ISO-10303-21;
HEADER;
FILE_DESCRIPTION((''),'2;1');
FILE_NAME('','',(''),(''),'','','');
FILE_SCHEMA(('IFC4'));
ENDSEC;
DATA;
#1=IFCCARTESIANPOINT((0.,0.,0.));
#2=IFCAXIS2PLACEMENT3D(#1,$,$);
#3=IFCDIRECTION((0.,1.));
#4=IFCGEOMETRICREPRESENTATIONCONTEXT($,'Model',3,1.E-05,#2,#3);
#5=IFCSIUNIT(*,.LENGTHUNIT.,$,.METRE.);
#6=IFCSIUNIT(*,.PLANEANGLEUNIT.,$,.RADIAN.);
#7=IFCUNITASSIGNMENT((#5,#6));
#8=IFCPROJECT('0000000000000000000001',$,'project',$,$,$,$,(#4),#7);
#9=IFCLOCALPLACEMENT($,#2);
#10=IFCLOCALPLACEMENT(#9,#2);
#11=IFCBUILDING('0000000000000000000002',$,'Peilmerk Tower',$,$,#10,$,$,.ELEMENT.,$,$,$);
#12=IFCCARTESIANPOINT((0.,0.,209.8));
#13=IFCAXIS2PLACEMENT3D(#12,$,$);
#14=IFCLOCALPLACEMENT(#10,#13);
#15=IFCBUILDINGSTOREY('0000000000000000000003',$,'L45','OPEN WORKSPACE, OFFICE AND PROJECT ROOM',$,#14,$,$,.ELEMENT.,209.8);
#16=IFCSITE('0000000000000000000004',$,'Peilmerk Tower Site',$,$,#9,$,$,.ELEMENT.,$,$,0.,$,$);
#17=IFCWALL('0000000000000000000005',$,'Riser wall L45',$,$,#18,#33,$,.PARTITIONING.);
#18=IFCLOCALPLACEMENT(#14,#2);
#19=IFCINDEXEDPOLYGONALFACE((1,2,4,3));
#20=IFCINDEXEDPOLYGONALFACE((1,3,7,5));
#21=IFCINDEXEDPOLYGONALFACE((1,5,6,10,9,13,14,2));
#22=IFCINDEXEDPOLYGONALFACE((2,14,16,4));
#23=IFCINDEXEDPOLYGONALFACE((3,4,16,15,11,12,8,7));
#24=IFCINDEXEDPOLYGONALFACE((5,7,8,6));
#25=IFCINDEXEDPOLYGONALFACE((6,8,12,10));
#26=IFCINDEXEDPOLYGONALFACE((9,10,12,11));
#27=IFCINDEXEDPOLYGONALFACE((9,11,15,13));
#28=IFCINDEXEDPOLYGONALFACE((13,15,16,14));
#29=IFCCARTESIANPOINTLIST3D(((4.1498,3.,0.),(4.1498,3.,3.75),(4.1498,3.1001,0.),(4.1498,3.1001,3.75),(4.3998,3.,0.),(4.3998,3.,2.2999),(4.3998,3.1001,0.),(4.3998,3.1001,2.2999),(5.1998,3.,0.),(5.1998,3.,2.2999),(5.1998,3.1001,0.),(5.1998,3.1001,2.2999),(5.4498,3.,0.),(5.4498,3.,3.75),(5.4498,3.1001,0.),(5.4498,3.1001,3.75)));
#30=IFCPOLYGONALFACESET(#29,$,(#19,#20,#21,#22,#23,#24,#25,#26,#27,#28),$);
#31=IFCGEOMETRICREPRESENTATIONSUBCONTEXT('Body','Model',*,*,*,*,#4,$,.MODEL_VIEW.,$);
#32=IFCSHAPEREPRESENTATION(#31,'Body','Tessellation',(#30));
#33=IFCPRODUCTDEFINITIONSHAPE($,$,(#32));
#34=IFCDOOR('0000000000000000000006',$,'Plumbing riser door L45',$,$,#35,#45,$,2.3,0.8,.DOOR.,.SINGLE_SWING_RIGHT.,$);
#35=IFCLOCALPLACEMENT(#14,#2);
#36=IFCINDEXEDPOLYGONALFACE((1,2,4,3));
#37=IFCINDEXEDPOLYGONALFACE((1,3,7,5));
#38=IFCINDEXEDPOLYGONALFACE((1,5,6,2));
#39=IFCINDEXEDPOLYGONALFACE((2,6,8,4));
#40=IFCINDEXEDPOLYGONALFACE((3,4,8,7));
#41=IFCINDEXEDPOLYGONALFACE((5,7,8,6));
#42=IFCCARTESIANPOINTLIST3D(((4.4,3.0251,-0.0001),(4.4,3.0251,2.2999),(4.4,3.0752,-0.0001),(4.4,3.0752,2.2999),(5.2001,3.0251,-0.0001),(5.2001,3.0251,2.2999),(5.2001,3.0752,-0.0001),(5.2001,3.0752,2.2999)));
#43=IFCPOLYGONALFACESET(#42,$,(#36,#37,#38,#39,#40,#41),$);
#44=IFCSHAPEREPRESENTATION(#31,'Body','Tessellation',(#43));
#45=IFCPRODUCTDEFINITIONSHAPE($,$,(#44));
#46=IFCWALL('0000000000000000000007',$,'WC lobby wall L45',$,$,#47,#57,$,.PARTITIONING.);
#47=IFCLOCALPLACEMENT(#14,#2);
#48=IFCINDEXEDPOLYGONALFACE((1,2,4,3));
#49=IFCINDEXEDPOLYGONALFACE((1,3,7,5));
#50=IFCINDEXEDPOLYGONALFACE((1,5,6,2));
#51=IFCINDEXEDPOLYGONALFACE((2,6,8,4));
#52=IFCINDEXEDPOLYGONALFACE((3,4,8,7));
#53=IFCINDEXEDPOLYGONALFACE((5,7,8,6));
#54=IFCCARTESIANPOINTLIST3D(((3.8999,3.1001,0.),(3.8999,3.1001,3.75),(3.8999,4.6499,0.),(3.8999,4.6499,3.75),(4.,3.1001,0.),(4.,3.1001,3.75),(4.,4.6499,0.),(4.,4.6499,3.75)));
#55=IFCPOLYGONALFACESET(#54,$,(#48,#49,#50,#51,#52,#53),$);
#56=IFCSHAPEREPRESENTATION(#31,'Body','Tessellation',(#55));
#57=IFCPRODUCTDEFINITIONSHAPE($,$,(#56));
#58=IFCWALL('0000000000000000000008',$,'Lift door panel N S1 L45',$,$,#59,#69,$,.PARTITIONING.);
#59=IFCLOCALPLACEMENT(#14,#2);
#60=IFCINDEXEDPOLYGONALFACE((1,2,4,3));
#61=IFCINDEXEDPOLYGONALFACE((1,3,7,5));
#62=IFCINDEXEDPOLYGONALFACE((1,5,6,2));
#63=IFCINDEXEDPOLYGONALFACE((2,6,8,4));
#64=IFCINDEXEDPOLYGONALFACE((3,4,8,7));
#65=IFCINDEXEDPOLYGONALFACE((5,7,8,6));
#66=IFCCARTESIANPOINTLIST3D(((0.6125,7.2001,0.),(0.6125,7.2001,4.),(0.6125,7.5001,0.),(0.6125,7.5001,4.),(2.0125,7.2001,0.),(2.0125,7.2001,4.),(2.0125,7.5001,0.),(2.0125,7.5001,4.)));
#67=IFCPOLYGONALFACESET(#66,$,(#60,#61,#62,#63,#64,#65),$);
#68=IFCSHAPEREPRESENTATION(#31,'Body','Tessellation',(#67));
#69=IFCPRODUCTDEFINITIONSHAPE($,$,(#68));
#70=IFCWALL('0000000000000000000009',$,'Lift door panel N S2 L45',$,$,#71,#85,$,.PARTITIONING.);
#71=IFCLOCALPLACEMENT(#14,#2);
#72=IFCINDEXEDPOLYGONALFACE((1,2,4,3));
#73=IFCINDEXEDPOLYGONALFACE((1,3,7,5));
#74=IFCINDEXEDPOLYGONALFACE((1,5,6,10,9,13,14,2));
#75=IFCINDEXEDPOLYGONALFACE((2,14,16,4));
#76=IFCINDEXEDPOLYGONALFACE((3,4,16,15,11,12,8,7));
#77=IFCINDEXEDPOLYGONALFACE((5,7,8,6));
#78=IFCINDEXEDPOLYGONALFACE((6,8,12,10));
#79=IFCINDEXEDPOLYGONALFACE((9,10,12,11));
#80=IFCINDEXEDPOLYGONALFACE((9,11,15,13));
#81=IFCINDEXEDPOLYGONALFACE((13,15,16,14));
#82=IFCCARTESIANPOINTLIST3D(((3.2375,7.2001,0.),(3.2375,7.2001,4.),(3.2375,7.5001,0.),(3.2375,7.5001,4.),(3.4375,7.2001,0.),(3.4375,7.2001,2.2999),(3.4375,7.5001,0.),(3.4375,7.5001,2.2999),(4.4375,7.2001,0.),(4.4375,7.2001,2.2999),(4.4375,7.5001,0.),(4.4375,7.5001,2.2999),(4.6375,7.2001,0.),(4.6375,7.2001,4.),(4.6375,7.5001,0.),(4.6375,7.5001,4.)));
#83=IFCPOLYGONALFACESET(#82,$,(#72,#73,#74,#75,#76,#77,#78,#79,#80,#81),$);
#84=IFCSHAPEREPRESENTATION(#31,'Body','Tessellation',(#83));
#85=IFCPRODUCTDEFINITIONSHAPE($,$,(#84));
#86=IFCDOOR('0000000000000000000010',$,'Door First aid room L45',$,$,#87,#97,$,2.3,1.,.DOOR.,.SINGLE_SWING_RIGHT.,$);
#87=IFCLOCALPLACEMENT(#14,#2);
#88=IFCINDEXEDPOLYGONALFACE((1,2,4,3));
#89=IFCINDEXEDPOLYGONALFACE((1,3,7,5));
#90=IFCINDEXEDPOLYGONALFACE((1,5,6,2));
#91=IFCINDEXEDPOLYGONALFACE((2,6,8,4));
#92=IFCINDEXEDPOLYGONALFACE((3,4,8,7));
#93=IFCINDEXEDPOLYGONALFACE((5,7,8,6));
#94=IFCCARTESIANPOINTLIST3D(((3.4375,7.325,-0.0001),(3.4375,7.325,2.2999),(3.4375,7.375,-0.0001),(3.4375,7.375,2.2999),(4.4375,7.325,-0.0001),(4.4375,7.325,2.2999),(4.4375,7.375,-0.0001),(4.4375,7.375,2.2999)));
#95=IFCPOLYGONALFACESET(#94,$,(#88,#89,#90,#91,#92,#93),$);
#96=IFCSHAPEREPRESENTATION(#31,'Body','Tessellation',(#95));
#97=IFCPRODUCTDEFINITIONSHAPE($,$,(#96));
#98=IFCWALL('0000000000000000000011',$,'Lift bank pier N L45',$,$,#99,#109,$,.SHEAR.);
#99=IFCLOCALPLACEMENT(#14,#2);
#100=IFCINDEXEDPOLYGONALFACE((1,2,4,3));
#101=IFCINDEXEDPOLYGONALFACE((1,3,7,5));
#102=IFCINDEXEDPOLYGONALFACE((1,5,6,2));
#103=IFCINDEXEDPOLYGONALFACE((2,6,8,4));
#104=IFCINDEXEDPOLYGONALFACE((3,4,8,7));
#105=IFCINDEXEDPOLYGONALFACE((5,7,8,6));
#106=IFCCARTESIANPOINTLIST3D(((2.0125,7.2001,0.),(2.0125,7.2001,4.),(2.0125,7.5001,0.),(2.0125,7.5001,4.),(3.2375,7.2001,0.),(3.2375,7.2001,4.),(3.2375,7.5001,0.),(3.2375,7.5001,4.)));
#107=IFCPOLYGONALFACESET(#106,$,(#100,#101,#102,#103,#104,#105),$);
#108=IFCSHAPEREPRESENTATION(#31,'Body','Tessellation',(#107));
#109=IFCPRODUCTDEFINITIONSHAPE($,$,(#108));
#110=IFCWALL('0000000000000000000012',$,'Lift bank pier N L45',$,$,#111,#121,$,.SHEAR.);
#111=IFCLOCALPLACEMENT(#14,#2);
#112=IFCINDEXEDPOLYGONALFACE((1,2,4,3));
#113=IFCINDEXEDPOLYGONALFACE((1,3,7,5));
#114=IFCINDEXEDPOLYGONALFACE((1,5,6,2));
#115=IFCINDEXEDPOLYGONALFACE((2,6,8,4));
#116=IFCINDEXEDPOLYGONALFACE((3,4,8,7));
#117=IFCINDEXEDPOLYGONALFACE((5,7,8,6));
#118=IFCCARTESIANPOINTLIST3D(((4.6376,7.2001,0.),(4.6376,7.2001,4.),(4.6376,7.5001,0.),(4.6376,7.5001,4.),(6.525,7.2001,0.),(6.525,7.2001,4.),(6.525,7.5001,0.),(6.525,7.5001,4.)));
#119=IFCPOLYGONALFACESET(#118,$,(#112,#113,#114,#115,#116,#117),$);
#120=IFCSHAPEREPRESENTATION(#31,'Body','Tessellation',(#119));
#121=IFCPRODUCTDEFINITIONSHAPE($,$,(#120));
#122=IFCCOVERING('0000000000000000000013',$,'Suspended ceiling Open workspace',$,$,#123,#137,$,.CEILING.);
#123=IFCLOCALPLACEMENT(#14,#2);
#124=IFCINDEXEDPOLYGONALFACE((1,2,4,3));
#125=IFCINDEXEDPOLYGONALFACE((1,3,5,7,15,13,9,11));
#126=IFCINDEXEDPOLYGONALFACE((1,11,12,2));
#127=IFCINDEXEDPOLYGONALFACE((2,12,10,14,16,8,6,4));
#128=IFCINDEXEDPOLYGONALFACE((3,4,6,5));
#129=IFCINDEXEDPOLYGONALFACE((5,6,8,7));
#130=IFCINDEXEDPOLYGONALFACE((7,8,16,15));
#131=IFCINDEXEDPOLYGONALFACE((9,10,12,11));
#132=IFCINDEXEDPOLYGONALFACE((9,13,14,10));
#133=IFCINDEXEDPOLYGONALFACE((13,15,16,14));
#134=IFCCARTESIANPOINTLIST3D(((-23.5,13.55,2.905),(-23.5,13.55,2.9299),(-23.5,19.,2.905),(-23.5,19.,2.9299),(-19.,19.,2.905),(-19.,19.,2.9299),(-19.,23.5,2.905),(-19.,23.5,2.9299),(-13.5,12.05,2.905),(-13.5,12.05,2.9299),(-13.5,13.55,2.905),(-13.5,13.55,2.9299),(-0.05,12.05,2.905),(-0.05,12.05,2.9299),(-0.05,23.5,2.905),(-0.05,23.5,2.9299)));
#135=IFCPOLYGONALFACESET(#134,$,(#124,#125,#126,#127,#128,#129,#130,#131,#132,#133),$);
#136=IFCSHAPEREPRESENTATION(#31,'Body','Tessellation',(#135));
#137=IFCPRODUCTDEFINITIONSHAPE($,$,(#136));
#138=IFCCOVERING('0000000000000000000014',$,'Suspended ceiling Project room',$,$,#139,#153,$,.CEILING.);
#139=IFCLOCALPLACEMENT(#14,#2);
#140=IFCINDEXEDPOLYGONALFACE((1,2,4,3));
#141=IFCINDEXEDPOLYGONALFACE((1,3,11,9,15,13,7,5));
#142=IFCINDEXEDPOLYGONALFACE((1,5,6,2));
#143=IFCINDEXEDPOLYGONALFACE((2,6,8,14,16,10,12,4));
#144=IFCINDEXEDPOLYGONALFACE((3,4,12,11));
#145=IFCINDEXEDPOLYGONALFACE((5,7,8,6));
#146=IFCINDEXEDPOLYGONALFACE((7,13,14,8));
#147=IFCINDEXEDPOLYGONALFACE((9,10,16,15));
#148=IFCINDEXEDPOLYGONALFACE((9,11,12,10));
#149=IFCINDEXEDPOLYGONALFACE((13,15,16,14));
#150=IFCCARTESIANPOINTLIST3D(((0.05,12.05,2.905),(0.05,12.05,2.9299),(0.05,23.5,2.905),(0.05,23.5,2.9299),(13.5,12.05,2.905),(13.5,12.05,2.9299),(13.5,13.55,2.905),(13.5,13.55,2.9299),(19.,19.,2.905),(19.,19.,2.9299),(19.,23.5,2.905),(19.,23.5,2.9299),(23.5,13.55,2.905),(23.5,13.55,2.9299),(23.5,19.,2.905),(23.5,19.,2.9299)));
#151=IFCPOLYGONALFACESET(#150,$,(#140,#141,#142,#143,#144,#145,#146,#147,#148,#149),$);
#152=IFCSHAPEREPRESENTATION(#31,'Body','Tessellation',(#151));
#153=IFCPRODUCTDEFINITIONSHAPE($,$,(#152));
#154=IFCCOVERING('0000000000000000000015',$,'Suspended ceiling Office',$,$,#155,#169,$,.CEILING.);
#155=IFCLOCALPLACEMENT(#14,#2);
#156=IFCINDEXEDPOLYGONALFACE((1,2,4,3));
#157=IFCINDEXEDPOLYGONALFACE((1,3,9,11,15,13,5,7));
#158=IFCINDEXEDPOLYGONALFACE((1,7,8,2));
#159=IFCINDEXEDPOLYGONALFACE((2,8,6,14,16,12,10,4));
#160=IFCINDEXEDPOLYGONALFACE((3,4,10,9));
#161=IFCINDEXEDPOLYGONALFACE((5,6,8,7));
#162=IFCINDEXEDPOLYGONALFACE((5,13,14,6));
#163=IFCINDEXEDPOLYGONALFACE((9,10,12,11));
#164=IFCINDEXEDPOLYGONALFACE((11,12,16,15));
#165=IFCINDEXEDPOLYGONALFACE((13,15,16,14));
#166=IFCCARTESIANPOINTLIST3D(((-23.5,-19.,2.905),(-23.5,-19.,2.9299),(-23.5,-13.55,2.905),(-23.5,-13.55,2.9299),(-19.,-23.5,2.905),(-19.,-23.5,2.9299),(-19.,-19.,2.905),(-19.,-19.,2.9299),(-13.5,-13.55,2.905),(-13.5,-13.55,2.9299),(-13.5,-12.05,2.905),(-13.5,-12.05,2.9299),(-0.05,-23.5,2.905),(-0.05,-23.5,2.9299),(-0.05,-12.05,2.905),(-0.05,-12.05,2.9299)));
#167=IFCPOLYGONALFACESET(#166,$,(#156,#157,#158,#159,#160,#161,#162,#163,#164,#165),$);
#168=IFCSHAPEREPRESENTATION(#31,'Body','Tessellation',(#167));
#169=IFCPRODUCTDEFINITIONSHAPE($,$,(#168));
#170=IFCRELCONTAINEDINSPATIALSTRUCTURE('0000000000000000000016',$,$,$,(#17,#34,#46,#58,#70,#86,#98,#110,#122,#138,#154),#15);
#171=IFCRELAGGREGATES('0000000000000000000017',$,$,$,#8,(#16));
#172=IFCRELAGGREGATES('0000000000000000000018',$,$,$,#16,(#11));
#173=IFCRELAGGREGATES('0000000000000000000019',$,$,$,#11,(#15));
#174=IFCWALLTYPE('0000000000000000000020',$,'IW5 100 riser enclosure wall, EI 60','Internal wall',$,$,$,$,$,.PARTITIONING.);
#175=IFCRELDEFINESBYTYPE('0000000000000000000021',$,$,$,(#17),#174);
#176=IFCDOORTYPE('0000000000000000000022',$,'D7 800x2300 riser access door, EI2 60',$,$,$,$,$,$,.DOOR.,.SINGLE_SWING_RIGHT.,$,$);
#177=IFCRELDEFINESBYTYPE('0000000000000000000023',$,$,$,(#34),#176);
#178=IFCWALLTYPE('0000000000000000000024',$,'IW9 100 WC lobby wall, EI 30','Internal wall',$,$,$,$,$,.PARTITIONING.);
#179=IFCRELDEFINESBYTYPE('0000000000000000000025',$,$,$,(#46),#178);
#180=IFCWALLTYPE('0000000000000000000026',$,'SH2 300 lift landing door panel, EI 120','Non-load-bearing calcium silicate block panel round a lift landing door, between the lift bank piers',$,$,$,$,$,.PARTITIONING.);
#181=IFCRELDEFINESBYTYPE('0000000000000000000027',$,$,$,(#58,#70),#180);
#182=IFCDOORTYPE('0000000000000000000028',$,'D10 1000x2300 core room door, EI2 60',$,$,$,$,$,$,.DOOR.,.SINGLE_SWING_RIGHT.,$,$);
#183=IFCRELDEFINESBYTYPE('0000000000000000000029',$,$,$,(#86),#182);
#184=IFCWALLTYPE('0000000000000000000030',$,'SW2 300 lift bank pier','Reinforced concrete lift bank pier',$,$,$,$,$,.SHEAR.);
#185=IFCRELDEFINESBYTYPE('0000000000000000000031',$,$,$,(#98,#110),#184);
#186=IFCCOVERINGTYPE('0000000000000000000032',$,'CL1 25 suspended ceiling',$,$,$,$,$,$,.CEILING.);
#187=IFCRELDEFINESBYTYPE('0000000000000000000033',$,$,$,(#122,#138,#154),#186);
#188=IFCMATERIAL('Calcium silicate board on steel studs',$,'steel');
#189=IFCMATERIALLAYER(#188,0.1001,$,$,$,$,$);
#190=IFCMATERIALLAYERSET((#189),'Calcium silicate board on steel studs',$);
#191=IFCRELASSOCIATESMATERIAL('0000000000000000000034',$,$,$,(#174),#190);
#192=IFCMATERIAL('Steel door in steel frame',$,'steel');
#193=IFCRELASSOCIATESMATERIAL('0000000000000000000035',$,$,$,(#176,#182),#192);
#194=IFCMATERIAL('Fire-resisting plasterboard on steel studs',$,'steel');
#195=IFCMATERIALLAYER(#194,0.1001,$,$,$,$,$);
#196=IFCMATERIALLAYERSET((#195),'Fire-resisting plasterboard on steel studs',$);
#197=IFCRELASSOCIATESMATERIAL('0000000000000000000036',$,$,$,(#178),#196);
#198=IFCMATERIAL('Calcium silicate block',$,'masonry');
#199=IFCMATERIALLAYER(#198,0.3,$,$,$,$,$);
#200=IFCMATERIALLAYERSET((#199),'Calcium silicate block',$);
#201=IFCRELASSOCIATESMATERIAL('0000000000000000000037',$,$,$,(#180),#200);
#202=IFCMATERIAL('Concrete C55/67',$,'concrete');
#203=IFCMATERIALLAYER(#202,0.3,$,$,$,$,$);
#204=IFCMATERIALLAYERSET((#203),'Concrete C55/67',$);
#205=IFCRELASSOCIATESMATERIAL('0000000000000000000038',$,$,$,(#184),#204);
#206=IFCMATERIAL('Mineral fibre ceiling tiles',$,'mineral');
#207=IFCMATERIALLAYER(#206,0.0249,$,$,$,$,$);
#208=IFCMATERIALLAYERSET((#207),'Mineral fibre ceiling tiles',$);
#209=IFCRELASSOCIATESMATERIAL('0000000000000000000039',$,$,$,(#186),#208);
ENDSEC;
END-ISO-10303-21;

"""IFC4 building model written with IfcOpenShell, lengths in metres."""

from ifc_helpers import new_model, si_unit, direction, frame, frame_2d, origin, place, context, subcontext, project, spatial, polyline, rectangle, outline, extrude, material, layer, layer_set, type_object, element, fill, save


model = new_model("IFC4")

# Units and contexts
model_context = context("Model", 3, precision=1e-05, world=origin(), true_north=direction((0.0, 1.0)))
body_context = subcontext(model_context, "Body", "Model", "MODEL_VIEW")
ifc_project = project(units=[si_unit("LENGTHUNIT", "METRE"), si_unit("PLANEANGLEUNIT", "RADIAN")], contexts=[model_context])

# Site, building, storey
site_placement = place(None, origin())
site = spatial("IfcSite", under=ifc_project, at=site_placement, Name="Peilmerk Tower Site", CompositionType="ELEMENT", RefElevation=0.0)
building_placement = place(site_placement, origin())
building = spatial("IfcBuilding", under=site, at=building_placement, Name="Peilmerk Tower", CompositionType="ELEMENT")
storey_placement = place(building_placement, frame((0.0, 0.0, 209.8)))
storey = spatial("IfcBuildingStorey", under=building, at=storey_placement, Name="L45", Description="OPEN WORKSPACE, OFFICE AND PROJECT ROOM", CompositionType="ELEMENT", Elevation=209.8)

# Wall, opening, door
ifc_material_1 = material(Name="Calcium silicate board on steel studs", Category="steel")
ifc_layer_1 = layer(ifc_material_1, 0.1001)
ifc_layer_set_1 = layer_set([ifc_layer_1], Name="Calcium silicate board on steel studs")
wall_type_1 = type_object("IfcWallType", Name="IW5 100 riser enclosure wall, EI 60", Description="Internal wall", PredefinedType="PARTITIONING", material=ifc_layer_set_1)
wall_1_placement = place(storey_placement, frame((4.1499, 3.05, 0.0), z_axis=(0.0, 0.0, 1.0), x_axis=(1.0, 0.0, 0.0)))
wall_1 = element("IfcWall", 1, at=wall_1_placement, inside=storey, type_object=wall_type_1, Name="Riser wall L45", PredefinedType="PARTITIONING", context=body_context, shape_type="SweptSolid", body=[
    extrude(rectangle(XDim=1.3, YDim=0.1001, at=frame_2d((0.6499, 0.0))), origin(), (0.0, 0.0, 1.0), 3.75),
])
opening_1_placement = place(wall_1_placement, frame((0.25, 0.0, 0.0)))
opening_1 = element("IfcOpeningElement", 2, at=opening_1_placement, cuts=wall_1, PredefinedType="OPENING", context=body_context, shape_type="SweptSolid", body=[
    extrude(rectangle(XDim=0.8, YDim=2.3, at=frame_2d((0.3999, 1.1499))), frame((0.0, 0.0601, 0.0), z_axis=(0.0, -1.0, 0.0), x_axis=(1.0, 0.0, 0.0)), (0.0, 0.0, 1.0), 0.1201),
])
ifc_material_2 = material(Name="Steel door in steel frame", Category="steel")
door_type_1 = type_object("IfcDoorType", Name="D7 800x2300 riser access door, EI2 60", OperationType="SINGLE_SWING_RIGHT", PredefinedType="DOOR", material=ifc_material_2)
door_1_placement = place(opening_1_placement, frame((0.8, 0.0, 0.0), z_axis=(0.0, 0.0, 1.0), x_axis=(-1.0, 0.0, 0.0)))
door_1 = element("IfcDoor", 3, at=door_1_placement, inside=storey, type_object=door_type_1, Name="Plumbing riser door L45", OperationType="SINGLE_SWING_RIGHT", OverallHeight=2.3, OverallWidth=0.8, PredefinedType="DOOR", context=body_context, shape_type="SweptSolid", body=[
    extrude(rectangle(XDim=0.8, YDim=2.3, at=frame_2d((0.3999, 1.1499))), frame((0.0, 0.0249, 0.0), z_axis=(0.0, -1.0, 0.0), x_axis=(1.0, 0.0, 0.0)), (0.0, 0.0, 1.0), 0.05),
])
fill(opening_1, door_1)

# Walls
ifc_material_3 = material(Name="Fire-resisting plasterboard on steel studs", Category="steel")
ifc_layer_2 = layer(ifc_material_3, 0.1001)
ifc_layer_set_2 = layer_set([ifc_layer_2], Name="Fire-resisting plasterboard on steel studs")
wall_type_2 = type_object("IfcWallType", Name="IW9 100 WC lobby wall, EI 30", Description="Internal wall", PredefinedType="PARTITIONING", material=ifc_layer_set_2)
wall_2_placement = place(storey_placement, frame((3.95, 3.1001, 0.0), z_axis=(0.0, 0.0, 1.0), x_axis=(0.0, 1.0, 0.0)))
element("IfcWall", 4, at=wall_2_placement, inside=storey, type_object=wall_type_2, Name="WC lobby wall L45", PredefinedType="PARTITIONING", context=body_context, shape_type="SweptSolid", body=[
    extrude(rectangle(XDim=1.5498, YDim=0.1001, at=frame_2d((0.7749, 0.0))), origin(), (0.0, 0.0, 1.0), 3.75),
])
ifc_material_4 = material(Name="Calcium silicate block", Category="masonry")
ifc_layer_3 = layer(ifc_material_4, 0.3)
ifc_layer_set_3 = layer_set([ifc_layer_3], Name="Calcium silicate block")
wall_type_3 = type_object("IfcWallType", Name="SH2 300 lift landing door panel, EI 120", Description="Non-load-bearing calcium silicate block panel round a lift landing door, between the lift bank piers", PredefinedType="PARTITIONING", material=ifc_layer_set_3)
wall_3_placement = place(storey_placement, frame((0.6125, 7.3501, 0.0), z_axis=(0.0, 0.0, 1.0), x_axis=(1.0, 0.0, 0.0)))
element("IfcWall", 5, at=wall_3_placement, inside=storey, type_object=wall_type_3, Name="Lift door panel N S1 L45", PredefinedType="PARTITIONING", context=body_context, shape_type="SweptSolid", body=[
    extrude(rectangle(XDim=1.3999, YDim=0.3, at=frame_2d((0.7, 0.0))), origin(), (0.0, 0.0, 1.0), 4.0),
])

# Wall, opening, door
wall_4_placement = place(storey_placement, frame((3.2375, 7.3501, 0.0), z_axis=(0.0, 0.0, 1.0), x_axis=(1.0, 0.0, 0.0)))
wall_4 = element("IfcWall", 6, at=wall_4_placement, inside=storey, type_object=wall_type_3, Name="Lift door panel N S2 L45", PredefinedType="PARTITIONING", context=body_context, shape_type="SweptSolid", body=[
    extrude(rectangle(XDim=1.3999, YDim=0.3, at=frame_2d((0.7, 0.0))), origin(), (0.0, 0.0, 1.0), 4.0),
])
opening_2_placement = place(wall_4_placement, frame((0.2, 0.0, 0.0)))
opening_2 = element("IfcOpeningElement", 7, at=opening_2_placement, cuts=wall_4, PredefinedType="OPENING", context=body_context, shape_type="SweptSolid", body=[
    extrude(rectangle(XDim=1.0, YDim=2.3, at=frame_2d((0.5, 1.1499))), frame((0.0, 0.1599, 0.0), z_axis=(0.0, -1.0, 0.0), x_axis=(1.0, 0.0, 0.0)), (0.0, 0.0, 1.0), 0.3201),
])
door_type_2 = type_object("IfcDoorType", Name="D10 1000x2300 core room door, EI2 60", OperationType="SINGLE_SWING_RIGHT", PredefinedType="DOOR", material=ifc_material_2)
door_2_placement = place(opening_2_placement, origin())
door_2 = element("IfcDoor", 8, at=door_2_placement, inside=storey, type_object=door_type_2, Name="Door First aid room L45", OperationType="SINGLE_SWING_RIGHT", OverallHeight=2.3, OverallWidth=1.0, PredefinedType="DOOR", context=body_context, shape_type="SweptSolid", body=[
    extrude(rectangle(XDim=1.0, YDim=2.3, at=frame_2d((0.5, 1.1499))), frame((0.0, 0.0249, 0.0), z_axis=(0.0, -1.0, 0.0), x_axis=(1.0, 0.0, 0.0)), (0.0, 0.0, 1.0), 0.05),
])
fill(opening_2, door_2)

# Walls
ifc_material_5 = material(Name="Concrete C55/67", Category="concrete")
ifc_layer_4 = layer(ifc_material_5, 0.3)
ifc_layer_set_4 = layer_set([ifc_layer_4], Name="Concrete C55/67")
wall_type_4 = type_object("IfcWallType", Name="SW2 300 lift bank pier", Description="Reinforced concrete lift bank pier", PredefinedType="SHEAR", material=ifc_layer_set_4)
wall_5_placement = place(storey_placement, frame((2.0125, 7.3501, 0.0), z_axis=(0.0, 0.0, 1.0), x_axis=(1.0, 0.0, 0.0)))
element("IfcWall", 9, at=wall_5_placement, inside=storey, type_object=wall_type_4, Name="Lift bank pier N L45", PredefinedType="SHEAR", context=body_context, shape_type="SweptSolid", body=[
    extrude(rectangle(XDim=1.2251, YDim=0.3, at=frame_2d((0.6125, 0.0))), origin(), (0.0, 0.0, 1.0), 4.0),
])
wall_6_placement = place(storey_placement, frame((4.6375, 7.3501, 0.0), z_axis=(0.0, 0.0, 1.0), x_axis=(1.0, 0.0, 0.0)))
element("IfcWall", 10, at=wall_6_placement, inside=storey, type_object=wall_type_4, Name="Lift bank pier N L45", PredefinedType="SHEAR", context=body_context, shape_type="SweptSolid", body=[
    extrude(rectangle(XDim=1.8875, YDim=0.3, at=frame_2d((0.9438, 0.0))), origin(), (0.0, 0.0, 1.0), 4.0),
])

# Coverings
ifc_material_6 = material(Name="Mineral fibre ceiling tiles", Category="mineral")
ifc_layer_5 = layer(ifc_material_6, 0.0249)
ifc_layer_set_5 = layer_set([ifc_layer_5], Name="Mineral fibre ceiling tiles")
covering_type = type_object("IfcCoveringType", Name="CL1 25 suspended ceiling", PredefinedType="CEILING", material=ifc_layer_set_5)
covering_1_placement = place(storey_placement, frame((0.0, 0.0, 2.905)))
element("IfcCovering", 11, at=covering_1_placement, inside=storey, type_object=covering_type, Name="Suspended ceiling Open workspace", PredefinedType="CEILING", context=body_context, shape_type="SweptSolid", body=[
    extrude(outline(polyline([(-23.5, 19.0), (-23.5, 13.55), (-13.5, 13.55), (-13.5, 12.05), (-0.05, 12.05), (-0.05, 23.5), (-19.0, 23.5), (-19.0, 19.0), (-23.5, 19.0)])), origin(), (0.0, 0.0, 1.0), 0.0249),
])
covering_2_placement = place(storey_placement, frame((0.0, 0.0, 2.905)))
element("IfcCovering", 12, at=covering_2_placement, inside=storey, type_object=covering_type, Name="Suspended ceiling Project room", PredefinedType="CEILING", context=body_context, shape_type="SweptSolid", body=[
    extrude(outline(polyline([(19.0, 23.5), (0.05, 23.5), (0.05, 12.05), (13.5, 12.05), (13.5, 13.55), (23.5, 13.55), (23.5, 19.0), (19.0, 19.0), (19.0, 23.5)])), origin(), (0.0, 0.0, 1.0), 0.0249),
])
covering_3_placement = place(storey_placement, frame((0.0, 0.0, 2.905)))
element("IfcCovering", 13, at=covering_3_placement, inside=storey, type_object=covering_type, Name="Suspended ceiling Office", PredefinedType="CEILING", context=body_context, shape_type="SweptSolid", body=[
    extrude(outline(polyline([(-19.0, -23.5), (-0.05, -23.5), (-0.05, -12.05), (-13.5, -12.05), (-13.5, -13.55), (-23.5, -13.55), (-23.5, -19.0), (-19.0, -19.0), (-19.0, -23.5)])), origin(), (0.0, 0.0, 1.0), 0.0249),
])

save(model, "model.ifc")
